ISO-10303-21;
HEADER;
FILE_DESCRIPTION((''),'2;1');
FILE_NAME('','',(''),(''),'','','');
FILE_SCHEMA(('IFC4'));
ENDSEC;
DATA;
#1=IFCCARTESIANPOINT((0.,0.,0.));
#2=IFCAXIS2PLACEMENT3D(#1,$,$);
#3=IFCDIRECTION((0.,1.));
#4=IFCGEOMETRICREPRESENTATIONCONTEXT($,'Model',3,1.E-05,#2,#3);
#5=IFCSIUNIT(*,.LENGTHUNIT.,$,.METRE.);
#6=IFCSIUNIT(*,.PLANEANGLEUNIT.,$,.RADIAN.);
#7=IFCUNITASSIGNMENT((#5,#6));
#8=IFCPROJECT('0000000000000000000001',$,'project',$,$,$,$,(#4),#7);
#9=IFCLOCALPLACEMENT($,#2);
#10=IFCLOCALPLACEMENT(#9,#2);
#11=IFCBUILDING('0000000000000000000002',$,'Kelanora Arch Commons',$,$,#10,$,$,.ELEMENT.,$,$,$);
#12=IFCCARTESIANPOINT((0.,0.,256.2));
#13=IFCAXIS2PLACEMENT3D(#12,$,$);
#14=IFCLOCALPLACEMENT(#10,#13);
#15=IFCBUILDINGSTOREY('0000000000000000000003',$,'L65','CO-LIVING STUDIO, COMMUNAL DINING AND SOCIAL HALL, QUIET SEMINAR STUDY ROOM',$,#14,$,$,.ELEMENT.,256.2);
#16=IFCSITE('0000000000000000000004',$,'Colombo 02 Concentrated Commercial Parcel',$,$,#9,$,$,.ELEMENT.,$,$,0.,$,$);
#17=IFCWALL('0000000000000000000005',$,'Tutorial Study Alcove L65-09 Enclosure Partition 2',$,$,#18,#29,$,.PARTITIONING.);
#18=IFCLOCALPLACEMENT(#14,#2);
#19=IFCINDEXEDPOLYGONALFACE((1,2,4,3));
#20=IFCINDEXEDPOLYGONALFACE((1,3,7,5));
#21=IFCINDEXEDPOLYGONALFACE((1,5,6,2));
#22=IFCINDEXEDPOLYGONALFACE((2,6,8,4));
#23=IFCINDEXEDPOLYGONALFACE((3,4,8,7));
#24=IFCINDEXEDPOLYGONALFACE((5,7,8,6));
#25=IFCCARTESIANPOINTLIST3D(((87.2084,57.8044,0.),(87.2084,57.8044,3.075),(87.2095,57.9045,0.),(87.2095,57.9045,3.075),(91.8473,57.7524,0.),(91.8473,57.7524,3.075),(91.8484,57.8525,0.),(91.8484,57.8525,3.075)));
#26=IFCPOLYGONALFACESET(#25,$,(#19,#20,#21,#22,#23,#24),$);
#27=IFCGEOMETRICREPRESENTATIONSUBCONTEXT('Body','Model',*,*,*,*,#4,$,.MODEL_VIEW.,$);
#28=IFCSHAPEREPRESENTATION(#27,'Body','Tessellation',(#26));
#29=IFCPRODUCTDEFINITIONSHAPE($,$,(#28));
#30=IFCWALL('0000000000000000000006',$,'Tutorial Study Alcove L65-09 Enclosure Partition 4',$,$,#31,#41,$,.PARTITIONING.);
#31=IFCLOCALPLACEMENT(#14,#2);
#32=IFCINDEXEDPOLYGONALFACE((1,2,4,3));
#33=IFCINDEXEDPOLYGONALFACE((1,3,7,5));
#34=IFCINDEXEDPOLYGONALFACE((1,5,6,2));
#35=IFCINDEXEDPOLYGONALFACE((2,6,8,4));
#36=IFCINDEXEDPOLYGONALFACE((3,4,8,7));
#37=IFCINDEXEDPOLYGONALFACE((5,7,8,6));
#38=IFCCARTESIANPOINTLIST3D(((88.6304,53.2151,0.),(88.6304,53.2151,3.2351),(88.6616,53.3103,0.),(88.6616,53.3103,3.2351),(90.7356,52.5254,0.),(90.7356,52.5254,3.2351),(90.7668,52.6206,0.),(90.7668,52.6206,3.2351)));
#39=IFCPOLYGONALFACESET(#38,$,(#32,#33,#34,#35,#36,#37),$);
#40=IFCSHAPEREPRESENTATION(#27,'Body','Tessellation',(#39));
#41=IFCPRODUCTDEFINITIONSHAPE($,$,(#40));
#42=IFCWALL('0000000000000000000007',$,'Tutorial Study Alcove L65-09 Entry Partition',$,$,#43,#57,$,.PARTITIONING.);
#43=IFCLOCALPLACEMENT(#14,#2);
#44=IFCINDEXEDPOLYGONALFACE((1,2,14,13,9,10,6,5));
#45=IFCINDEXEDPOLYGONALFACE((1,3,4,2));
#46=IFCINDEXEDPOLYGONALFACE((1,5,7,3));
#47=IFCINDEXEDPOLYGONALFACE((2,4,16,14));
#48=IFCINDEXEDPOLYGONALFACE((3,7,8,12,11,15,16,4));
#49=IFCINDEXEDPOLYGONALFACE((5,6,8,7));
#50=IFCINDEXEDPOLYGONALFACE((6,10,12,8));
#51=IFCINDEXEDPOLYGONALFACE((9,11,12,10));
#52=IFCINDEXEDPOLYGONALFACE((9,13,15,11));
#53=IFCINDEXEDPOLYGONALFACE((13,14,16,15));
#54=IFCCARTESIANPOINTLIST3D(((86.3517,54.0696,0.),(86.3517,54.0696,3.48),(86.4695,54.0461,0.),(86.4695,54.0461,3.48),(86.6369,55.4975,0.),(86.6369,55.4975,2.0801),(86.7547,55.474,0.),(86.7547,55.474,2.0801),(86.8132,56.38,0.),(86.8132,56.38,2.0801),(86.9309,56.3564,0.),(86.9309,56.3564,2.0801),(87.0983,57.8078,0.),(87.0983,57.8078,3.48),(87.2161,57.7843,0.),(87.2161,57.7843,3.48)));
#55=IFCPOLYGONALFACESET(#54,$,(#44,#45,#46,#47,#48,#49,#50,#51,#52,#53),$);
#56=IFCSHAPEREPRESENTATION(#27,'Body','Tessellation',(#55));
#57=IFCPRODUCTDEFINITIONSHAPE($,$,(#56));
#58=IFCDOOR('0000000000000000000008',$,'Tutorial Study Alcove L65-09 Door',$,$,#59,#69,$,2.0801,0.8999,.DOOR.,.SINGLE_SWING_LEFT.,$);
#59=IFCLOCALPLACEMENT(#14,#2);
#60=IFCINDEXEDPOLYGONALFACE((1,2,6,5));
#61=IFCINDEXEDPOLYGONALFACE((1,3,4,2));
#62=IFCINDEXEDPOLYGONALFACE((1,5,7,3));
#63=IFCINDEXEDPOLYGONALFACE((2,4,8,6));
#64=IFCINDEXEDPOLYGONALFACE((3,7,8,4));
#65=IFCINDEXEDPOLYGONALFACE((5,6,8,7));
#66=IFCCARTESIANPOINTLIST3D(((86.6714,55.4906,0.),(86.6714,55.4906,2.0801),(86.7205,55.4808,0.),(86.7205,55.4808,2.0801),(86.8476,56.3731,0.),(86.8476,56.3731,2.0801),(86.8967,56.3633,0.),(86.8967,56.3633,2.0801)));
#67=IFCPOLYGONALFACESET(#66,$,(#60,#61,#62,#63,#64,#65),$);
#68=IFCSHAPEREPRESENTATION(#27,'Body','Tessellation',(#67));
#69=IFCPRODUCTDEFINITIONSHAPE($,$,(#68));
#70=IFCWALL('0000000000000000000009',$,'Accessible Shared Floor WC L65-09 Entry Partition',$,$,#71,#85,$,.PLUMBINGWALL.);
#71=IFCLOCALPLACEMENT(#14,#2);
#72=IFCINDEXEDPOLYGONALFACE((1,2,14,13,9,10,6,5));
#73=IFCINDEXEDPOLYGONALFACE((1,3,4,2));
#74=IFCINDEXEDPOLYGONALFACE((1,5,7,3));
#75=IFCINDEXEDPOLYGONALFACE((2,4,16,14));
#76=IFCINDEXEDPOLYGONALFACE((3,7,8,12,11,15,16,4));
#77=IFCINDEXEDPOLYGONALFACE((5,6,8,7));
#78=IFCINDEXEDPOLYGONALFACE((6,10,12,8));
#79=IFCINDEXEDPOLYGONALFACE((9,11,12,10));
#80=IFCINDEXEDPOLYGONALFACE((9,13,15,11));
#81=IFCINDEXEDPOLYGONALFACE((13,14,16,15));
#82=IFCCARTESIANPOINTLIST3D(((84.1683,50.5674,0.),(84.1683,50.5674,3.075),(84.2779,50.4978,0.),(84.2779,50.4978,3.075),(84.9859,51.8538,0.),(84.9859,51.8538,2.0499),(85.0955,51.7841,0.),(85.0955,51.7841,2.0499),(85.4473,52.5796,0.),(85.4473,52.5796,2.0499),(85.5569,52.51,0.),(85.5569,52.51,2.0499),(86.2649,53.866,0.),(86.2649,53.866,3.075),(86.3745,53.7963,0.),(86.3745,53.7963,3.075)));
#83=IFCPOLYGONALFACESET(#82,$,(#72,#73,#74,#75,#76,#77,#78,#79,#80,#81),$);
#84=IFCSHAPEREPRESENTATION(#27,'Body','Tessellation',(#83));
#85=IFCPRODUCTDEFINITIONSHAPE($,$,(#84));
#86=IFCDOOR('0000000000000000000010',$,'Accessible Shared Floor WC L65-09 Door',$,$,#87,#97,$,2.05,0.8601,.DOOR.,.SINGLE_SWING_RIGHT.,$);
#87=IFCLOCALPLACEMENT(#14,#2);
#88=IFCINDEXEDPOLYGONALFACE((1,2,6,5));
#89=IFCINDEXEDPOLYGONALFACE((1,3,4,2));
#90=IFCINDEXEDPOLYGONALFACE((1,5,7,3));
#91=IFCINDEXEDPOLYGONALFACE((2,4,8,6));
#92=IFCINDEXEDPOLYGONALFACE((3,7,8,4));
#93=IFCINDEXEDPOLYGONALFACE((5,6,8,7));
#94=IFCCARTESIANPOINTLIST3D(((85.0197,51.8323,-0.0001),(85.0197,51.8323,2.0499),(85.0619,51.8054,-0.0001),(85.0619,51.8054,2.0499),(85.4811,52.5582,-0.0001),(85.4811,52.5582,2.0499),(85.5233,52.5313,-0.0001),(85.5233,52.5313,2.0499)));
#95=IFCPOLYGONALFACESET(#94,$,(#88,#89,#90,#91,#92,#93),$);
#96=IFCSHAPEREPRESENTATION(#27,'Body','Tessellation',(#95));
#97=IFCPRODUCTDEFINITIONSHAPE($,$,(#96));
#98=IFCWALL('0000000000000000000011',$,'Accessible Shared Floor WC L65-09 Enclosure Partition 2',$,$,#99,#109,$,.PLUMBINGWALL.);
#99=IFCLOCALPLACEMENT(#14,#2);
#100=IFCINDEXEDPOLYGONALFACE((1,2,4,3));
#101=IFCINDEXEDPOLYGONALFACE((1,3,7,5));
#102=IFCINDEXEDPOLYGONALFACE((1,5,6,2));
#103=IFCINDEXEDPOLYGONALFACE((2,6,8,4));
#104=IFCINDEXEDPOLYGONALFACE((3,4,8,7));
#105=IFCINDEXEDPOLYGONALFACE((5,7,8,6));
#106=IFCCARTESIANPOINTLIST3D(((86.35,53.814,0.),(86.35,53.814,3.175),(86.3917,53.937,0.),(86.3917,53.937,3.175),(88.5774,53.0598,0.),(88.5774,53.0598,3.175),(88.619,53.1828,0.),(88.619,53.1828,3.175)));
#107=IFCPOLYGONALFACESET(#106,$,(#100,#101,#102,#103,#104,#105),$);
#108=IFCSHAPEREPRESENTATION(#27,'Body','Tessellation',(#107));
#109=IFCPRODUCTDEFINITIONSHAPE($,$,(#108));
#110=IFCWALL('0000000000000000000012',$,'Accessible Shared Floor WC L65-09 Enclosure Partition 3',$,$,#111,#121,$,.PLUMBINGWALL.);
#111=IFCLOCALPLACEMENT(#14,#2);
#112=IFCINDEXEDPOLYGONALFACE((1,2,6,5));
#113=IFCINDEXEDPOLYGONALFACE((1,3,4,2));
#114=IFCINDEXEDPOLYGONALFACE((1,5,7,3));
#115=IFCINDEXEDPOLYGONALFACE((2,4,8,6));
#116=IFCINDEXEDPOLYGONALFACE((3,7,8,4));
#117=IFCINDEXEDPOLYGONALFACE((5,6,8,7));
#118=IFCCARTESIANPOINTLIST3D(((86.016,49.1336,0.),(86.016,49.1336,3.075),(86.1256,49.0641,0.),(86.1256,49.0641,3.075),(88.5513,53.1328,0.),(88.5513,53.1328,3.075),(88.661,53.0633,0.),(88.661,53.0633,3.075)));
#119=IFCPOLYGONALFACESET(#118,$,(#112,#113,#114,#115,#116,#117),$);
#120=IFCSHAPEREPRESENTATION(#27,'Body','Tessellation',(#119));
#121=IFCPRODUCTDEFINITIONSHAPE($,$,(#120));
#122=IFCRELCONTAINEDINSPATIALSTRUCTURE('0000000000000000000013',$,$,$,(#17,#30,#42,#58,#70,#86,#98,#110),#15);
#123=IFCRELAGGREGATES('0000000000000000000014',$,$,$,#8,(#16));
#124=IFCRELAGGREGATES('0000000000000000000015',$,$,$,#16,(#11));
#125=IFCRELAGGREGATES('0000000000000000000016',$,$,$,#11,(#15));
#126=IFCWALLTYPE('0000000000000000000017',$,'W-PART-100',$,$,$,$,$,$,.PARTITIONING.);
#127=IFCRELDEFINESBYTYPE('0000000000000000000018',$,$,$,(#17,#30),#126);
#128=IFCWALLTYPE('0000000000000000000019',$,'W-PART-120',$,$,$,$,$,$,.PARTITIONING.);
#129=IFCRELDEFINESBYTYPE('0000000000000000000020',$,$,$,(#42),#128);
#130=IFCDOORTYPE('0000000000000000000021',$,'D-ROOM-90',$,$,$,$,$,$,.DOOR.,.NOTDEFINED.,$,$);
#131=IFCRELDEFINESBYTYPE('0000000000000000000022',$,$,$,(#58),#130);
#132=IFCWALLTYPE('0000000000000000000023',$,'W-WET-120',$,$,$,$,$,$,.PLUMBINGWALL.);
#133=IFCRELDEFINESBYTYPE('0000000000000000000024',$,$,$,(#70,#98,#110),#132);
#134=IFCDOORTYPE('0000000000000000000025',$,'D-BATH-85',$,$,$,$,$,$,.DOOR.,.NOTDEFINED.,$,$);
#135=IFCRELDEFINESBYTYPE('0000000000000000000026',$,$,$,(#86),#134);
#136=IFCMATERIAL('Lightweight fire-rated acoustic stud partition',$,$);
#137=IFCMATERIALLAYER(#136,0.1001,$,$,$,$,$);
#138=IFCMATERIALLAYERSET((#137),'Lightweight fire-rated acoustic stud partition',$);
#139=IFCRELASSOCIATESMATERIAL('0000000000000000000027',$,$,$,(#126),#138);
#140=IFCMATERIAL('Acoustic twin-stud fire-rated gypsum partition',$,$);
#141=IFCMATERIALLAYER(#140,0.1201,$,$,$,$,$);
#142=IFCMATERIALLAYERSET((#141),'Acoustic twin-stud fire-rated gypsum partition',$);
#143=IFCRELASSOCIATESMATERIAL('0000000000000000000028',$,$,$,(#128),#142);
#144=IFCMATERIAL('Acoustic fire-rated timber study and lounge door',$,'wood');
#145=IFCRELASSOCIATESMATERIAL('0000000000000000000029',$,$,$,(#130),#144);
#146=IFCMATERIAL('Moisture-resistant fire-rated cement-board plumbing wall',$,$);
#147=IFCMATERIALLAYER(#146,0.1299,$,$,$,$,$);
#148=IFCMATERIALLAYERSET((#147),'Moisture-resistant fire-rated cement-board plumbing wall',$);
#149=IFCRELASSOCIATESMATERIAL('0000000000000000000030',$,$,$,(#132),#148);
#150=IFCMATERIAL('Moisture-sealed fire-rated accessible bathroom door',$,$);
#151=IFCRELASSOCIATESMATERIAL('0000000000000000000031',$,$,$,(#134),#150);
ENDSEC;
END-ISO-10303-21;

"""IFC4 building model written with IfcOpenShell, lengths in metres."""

from ifc_helpers import new_model, si_unit, direction, frame, frame_2d, origin, place, context, subcontext, project, spatial, rectangle, extrude, material, layer, layer_set, type_object, element, fill, save


model = new_model("IFC4")

# Units and contexts
model_context = context("Model", 3, precision=1e-05, world=origin(), true_north=direction((0.0, 1.0)))
body_context = subcontext(model_context, "Body", "Model", "MODEL_VIEW")
ifc_project = project(units=[si_unit("LENGTHUNIT", "METRE"), si_unit("PLANEANGLEUNIT", "RADIAN")], contexts=[model_context])

# Site, building, storey
site_placement = place(None, origin())
site = spatial("IfcSite", under=ifc_project, at=site_placement, Name="Colombo 02 Concentrated Commercial Parcel", CompositionType="ELEMENT", RefElevation=0.0)
building_placement = place(site_placement, origin())
building = spatial("IfcBuilding", under=site, at=building_placement, Name="Kelanora Arch Commons", CompositionType="ELEMENT")
storey_placement = place(building_placement, frame((0.0, 0.0, 256.2)))
storey = spatial("IfcBuildingStorey", under=building, at=storey_placement, Name="L65", Description="CO-LIVING STUDIO, COMMUNAL DINING AND SOCIAL HALL, QUIET SEMINAR STUDY ROOM", CompositionType="ELEMENT", Elevation=256.2)

# Walls
ifc_material_1 = material(Name="Lightweight fire-rated acoustic stud partition")
ifc_layer_1 = layer(ifc_material_1, 0.1001)
ifc_layer_set_1 = layer_set([ifc_layer_1], Name="Lightweight fire-rated acoustic stud partition")
wall_type_1 = type_object("IfcWallType", Name="W-PART-100", PredefinedType="PARTITIONING", material=ifc_layer_set_1)
wall_1_placement = place(storey_placement, frame((87.209, 57.8545, 0.0), z_axis=(0.0, 0.0, 1.0), x_axis=(0.999937, -0.011209, 0.0)))
element("IfcWall", 1, at=wall_1_placement, inside=storey, type_object=wall_type_1, Name="Tutorial Study Alcove L65-09 Enclosure Partition 2", PredefinedType="PARTITIONING", context=body_context, shape_type="SweptSolid", body=[
    extrude(rectangle(XDim=4.6392, YDim=0.1001, at=frame_2d((2.3196, 0.0))), origin(), (0.0, 0.0, 1.0), 3.075),
])
wall_2_placement = place(storey_placement, frame((90.7512, 52.573, 0.0), z_axis=(0.0, 0.0, 1.0), x_axis=(-0.950302, 0.31133, 0.0)))
element("IfcWall", 2, at=wall_2_placement, inside=storey, type_object=wall_type_1, Name="Tutorial Study Alcove L65-09 Enclosure Partition 4", PredefinedType="PARTITIONING", context=body_context, shape_type="SweptSolid", body=[
    extrude(rectangle(XDim=2.2153, YDim=0.1001, at=frame_2d((1.1077, 0.0))), origin(), (0.0, 0.0, 1.0), 3.2351),
])

# Walls, openings, doors
ifc_material_2 = material(Name="Acoustic twin-stud fire-rated gypsum partition")
ifc_layer_2 = layer(ifc_material_2, 0.1201)
ifc_layer_set_2 = layer_set([ifc_layer_2], Name="Acoustic twin-stud fire-rated gypsum partition")
wall_type_2 = type_object("IfcWallType", Name="W-PART-120", PredefinedType="PARTITIONING", material=ifc_layer_set_2)
wall_3_placement = place(storey_placement, frame((86.4106, 54.0579, 0.0), z_axis=(0.0, 0.0, 1.0), x_axis=(0.195845, 0.980635, 0.0)))
wall_3 = element("IfcWall", 3, at=wall_3_placement, inside=storey, type_object=wall_type_2, Name="Tutorial Study Alcove L65-09 Entry Partition", PredefinedType="PARTITIONING", context=body_context, shape_type="SweptSolid", body=[
    extrude(rectangle(XDim=3.812, YDim=0.1201, at=frame_2d((1.906, 0.0))), origin(), (0.0, 0.0, 1.0), 3.48),
])
opening_1_placement = place(wall_3_placement, frame((1.4561, 0.0, 0.0)))
opening_1 = element("IfcOpeningElement", 4, at=opening_1_placement, cuts=wall_3, PredefinedType="OPENING", context=body_context, shape_type="SweptSolid", body=[
    extrude(rectangle(XDim=0.8999, YDim=2.0801, at=frame_2d((0.45, 1.04))), frame((0.0, 0.0701, 0.0), z_axis=(0.0, -1.0, 0.0), x_axis=(1.0, 0.0, 0.0)), (0.0, 0.0, 1.0), 0.1401),
])
ifc_material_3 = material(Name="Acoustic fire-rated timber study and lounge door", Category="wood")
door_type_1 = type_object("IfcDoorType", Name="D-ROOM-90", OperationType="NOTDEFINED", PredefinedType="DOOR", material=ifc_material_3)
door_1_placement = place(opening_1_placement, origin())
door_1 = element("IfcDoor", 5, at=door_1_placement, inside=storey, type_object=door_type_1, Name="Tutorial Study Alcove L65-09 Door", OperationType="SINGLE_SWING_LEFT", OverallHeight=2.0801, OverallWidth=0.8999, PredefinedType="DOOR", context=body_context, shape_type="SweptSolid", body=[
    extrude(rectangle(XDim=0.8999, YDim=2.0801, at=frame_2d((0.45, 1.04))), frame((0.0, 0.0249, 0.0), z_axis=(0.0, -1.0, 0.0), x_axis=(1.0, 0.0, 0.0)), (0.0, 0.0, 1.0), 0.05),
])
fill(opening_1, door_1)
ifc_material_4 = material(Name="Moisture-resistant fire-rated cement-board plumbing wall")
ifc_layer_3 = layer(ifc_material_4, 0.1299)
ifc_layer_set_3 = layer_set([ifc_layer_3], Name="Moisture-resistant fire-rated cement-board plumbing wall")
wall_type_3 = type_object("IfcWallType", Name="W-WET-120", PredefinedType="PLUMBINGWALL", material=ifc_layer_set_3)
wall_4_placement = place(storey_placement, frame((84.2231, 50.5327, 0.0), z_axis=(0.0, 0.0, 1.0), x_axis=(0.536435, 0.843942, 0.0)))
wall_4 = element("IfcWall", 6, at=wall_4_placement, inside=storey, type_object=wall_type_3, Name="Accessible Shared Floor WC L65-09 Entry Partition", PredefinedType="PLUMBINGWALL", context=body_context, shape_type="SweptSolid", body=[
    extrude(rectangle(XDim=3.9084, YDim=0.1299, at=frame_2d((1.9541, 0.0))), origin(), (0.0, 0.0, 1.0), 3.075),
])
opening_2_placement = place(wall_4_placement, frame((1.5239, 0.0, 0.0)))
opening_2 = element("IfcOpeningElement", 7, at=opening_2_placement, cuts=wall_4, PredefinedType="OPENING", context=body_context, shape_type="SweptSolid", body=[
    extrude(rectangle(XDim=0.8601, YDim=2.05, at=frame_2d((0.4302, 1.0249))), frame((0.0, 0.075, 0.0), z_axis=(0.0, -1.0, 0.0), x_axis=(1.0, 0.0, 0.0)), (0.0, 0.0, 1.0), 0.1499),
])
ifc_material_5 = material(Name="Moisture-sealed fire-rated accessible bathroom door")
door_type_2 = type_object("IfcDoorType", Name="D-BATH-85", OperationType="NOTDEFINED", PredefinedType="DOOR", material=ifc_material_5)
door_2_placement = place(opening_2_placement, origin())
door_2 = element("IfcDoor", 8, at=door_2_placement, inside=storey, type_object=door_type_2, Name="Accessible Shared Floor WC L65-09 Door", OperationType="SINGLE_SWING_RIGHT", OverallHeight=2.05, OverallWidth=0.8601, PredefinedType="DOOR", context=body_context, shape_type="SweptSolid", body=[
    extrude(rectangle(XDim=0.8601, YDim=2.05, at=frame_2d((0.4302, 1.0249))), frame((0.0, 0.0249, 0.0), z_axis=(0.0, -1.0, 0.0), x_axis=(1.0, 0.0, 0.0)), (0.0, 0.0, 1.0), 0.05),
])
fill(opening_2, door_2)

# Walls
wall_5_placement = place(storey_placement, frame((86.3708, 53.8755, 0.0), z_axis=(0.0, 0.0, 1.0), x_axis=(0.947178, -0.320709, 0.0)))
element("IfcWall", 9, at=wall_5_placement, inside=storey, type_object=wall_type_3, Name="Accessible Shared Floor WC L65-09 Enclosure Partition 2", PredefinedType="PLUMBINGWALL", context=body_context, shape_type="SweptSolid", body=[
    extrude(rectangle(XDim=2.3516, YDim=0.1299, at=frame_2d((1.1758, 0.0))), origin(), (0.0, 0.0, 1.0), 3.175),
])
wall_6_placement = place(storey_placement, frame((88.6062, 53.0981, 0.0), z_axis=(0.0, 0.0, 1.0), x_axis=(-0.535434, -0.844577, 0.0)))
element("IfcWall", 10, at=wall_6_placement, inside=storey, type_object=wall_type_3, Name="Accessible Shared Floor WC L65-09 Enclosure Partition 3", PredefinedType="PLUMBINGWALL", context=body_context, shape_type="SweptSolid", body=[
    extrude(rectangle(XDim=4.7351, YDim=0.1299, at=frame_2d((2.3677, 0.0))), origin(), (0.0, 0.0, 1.0), 3.075),
])

save(model, "model.ifc")
